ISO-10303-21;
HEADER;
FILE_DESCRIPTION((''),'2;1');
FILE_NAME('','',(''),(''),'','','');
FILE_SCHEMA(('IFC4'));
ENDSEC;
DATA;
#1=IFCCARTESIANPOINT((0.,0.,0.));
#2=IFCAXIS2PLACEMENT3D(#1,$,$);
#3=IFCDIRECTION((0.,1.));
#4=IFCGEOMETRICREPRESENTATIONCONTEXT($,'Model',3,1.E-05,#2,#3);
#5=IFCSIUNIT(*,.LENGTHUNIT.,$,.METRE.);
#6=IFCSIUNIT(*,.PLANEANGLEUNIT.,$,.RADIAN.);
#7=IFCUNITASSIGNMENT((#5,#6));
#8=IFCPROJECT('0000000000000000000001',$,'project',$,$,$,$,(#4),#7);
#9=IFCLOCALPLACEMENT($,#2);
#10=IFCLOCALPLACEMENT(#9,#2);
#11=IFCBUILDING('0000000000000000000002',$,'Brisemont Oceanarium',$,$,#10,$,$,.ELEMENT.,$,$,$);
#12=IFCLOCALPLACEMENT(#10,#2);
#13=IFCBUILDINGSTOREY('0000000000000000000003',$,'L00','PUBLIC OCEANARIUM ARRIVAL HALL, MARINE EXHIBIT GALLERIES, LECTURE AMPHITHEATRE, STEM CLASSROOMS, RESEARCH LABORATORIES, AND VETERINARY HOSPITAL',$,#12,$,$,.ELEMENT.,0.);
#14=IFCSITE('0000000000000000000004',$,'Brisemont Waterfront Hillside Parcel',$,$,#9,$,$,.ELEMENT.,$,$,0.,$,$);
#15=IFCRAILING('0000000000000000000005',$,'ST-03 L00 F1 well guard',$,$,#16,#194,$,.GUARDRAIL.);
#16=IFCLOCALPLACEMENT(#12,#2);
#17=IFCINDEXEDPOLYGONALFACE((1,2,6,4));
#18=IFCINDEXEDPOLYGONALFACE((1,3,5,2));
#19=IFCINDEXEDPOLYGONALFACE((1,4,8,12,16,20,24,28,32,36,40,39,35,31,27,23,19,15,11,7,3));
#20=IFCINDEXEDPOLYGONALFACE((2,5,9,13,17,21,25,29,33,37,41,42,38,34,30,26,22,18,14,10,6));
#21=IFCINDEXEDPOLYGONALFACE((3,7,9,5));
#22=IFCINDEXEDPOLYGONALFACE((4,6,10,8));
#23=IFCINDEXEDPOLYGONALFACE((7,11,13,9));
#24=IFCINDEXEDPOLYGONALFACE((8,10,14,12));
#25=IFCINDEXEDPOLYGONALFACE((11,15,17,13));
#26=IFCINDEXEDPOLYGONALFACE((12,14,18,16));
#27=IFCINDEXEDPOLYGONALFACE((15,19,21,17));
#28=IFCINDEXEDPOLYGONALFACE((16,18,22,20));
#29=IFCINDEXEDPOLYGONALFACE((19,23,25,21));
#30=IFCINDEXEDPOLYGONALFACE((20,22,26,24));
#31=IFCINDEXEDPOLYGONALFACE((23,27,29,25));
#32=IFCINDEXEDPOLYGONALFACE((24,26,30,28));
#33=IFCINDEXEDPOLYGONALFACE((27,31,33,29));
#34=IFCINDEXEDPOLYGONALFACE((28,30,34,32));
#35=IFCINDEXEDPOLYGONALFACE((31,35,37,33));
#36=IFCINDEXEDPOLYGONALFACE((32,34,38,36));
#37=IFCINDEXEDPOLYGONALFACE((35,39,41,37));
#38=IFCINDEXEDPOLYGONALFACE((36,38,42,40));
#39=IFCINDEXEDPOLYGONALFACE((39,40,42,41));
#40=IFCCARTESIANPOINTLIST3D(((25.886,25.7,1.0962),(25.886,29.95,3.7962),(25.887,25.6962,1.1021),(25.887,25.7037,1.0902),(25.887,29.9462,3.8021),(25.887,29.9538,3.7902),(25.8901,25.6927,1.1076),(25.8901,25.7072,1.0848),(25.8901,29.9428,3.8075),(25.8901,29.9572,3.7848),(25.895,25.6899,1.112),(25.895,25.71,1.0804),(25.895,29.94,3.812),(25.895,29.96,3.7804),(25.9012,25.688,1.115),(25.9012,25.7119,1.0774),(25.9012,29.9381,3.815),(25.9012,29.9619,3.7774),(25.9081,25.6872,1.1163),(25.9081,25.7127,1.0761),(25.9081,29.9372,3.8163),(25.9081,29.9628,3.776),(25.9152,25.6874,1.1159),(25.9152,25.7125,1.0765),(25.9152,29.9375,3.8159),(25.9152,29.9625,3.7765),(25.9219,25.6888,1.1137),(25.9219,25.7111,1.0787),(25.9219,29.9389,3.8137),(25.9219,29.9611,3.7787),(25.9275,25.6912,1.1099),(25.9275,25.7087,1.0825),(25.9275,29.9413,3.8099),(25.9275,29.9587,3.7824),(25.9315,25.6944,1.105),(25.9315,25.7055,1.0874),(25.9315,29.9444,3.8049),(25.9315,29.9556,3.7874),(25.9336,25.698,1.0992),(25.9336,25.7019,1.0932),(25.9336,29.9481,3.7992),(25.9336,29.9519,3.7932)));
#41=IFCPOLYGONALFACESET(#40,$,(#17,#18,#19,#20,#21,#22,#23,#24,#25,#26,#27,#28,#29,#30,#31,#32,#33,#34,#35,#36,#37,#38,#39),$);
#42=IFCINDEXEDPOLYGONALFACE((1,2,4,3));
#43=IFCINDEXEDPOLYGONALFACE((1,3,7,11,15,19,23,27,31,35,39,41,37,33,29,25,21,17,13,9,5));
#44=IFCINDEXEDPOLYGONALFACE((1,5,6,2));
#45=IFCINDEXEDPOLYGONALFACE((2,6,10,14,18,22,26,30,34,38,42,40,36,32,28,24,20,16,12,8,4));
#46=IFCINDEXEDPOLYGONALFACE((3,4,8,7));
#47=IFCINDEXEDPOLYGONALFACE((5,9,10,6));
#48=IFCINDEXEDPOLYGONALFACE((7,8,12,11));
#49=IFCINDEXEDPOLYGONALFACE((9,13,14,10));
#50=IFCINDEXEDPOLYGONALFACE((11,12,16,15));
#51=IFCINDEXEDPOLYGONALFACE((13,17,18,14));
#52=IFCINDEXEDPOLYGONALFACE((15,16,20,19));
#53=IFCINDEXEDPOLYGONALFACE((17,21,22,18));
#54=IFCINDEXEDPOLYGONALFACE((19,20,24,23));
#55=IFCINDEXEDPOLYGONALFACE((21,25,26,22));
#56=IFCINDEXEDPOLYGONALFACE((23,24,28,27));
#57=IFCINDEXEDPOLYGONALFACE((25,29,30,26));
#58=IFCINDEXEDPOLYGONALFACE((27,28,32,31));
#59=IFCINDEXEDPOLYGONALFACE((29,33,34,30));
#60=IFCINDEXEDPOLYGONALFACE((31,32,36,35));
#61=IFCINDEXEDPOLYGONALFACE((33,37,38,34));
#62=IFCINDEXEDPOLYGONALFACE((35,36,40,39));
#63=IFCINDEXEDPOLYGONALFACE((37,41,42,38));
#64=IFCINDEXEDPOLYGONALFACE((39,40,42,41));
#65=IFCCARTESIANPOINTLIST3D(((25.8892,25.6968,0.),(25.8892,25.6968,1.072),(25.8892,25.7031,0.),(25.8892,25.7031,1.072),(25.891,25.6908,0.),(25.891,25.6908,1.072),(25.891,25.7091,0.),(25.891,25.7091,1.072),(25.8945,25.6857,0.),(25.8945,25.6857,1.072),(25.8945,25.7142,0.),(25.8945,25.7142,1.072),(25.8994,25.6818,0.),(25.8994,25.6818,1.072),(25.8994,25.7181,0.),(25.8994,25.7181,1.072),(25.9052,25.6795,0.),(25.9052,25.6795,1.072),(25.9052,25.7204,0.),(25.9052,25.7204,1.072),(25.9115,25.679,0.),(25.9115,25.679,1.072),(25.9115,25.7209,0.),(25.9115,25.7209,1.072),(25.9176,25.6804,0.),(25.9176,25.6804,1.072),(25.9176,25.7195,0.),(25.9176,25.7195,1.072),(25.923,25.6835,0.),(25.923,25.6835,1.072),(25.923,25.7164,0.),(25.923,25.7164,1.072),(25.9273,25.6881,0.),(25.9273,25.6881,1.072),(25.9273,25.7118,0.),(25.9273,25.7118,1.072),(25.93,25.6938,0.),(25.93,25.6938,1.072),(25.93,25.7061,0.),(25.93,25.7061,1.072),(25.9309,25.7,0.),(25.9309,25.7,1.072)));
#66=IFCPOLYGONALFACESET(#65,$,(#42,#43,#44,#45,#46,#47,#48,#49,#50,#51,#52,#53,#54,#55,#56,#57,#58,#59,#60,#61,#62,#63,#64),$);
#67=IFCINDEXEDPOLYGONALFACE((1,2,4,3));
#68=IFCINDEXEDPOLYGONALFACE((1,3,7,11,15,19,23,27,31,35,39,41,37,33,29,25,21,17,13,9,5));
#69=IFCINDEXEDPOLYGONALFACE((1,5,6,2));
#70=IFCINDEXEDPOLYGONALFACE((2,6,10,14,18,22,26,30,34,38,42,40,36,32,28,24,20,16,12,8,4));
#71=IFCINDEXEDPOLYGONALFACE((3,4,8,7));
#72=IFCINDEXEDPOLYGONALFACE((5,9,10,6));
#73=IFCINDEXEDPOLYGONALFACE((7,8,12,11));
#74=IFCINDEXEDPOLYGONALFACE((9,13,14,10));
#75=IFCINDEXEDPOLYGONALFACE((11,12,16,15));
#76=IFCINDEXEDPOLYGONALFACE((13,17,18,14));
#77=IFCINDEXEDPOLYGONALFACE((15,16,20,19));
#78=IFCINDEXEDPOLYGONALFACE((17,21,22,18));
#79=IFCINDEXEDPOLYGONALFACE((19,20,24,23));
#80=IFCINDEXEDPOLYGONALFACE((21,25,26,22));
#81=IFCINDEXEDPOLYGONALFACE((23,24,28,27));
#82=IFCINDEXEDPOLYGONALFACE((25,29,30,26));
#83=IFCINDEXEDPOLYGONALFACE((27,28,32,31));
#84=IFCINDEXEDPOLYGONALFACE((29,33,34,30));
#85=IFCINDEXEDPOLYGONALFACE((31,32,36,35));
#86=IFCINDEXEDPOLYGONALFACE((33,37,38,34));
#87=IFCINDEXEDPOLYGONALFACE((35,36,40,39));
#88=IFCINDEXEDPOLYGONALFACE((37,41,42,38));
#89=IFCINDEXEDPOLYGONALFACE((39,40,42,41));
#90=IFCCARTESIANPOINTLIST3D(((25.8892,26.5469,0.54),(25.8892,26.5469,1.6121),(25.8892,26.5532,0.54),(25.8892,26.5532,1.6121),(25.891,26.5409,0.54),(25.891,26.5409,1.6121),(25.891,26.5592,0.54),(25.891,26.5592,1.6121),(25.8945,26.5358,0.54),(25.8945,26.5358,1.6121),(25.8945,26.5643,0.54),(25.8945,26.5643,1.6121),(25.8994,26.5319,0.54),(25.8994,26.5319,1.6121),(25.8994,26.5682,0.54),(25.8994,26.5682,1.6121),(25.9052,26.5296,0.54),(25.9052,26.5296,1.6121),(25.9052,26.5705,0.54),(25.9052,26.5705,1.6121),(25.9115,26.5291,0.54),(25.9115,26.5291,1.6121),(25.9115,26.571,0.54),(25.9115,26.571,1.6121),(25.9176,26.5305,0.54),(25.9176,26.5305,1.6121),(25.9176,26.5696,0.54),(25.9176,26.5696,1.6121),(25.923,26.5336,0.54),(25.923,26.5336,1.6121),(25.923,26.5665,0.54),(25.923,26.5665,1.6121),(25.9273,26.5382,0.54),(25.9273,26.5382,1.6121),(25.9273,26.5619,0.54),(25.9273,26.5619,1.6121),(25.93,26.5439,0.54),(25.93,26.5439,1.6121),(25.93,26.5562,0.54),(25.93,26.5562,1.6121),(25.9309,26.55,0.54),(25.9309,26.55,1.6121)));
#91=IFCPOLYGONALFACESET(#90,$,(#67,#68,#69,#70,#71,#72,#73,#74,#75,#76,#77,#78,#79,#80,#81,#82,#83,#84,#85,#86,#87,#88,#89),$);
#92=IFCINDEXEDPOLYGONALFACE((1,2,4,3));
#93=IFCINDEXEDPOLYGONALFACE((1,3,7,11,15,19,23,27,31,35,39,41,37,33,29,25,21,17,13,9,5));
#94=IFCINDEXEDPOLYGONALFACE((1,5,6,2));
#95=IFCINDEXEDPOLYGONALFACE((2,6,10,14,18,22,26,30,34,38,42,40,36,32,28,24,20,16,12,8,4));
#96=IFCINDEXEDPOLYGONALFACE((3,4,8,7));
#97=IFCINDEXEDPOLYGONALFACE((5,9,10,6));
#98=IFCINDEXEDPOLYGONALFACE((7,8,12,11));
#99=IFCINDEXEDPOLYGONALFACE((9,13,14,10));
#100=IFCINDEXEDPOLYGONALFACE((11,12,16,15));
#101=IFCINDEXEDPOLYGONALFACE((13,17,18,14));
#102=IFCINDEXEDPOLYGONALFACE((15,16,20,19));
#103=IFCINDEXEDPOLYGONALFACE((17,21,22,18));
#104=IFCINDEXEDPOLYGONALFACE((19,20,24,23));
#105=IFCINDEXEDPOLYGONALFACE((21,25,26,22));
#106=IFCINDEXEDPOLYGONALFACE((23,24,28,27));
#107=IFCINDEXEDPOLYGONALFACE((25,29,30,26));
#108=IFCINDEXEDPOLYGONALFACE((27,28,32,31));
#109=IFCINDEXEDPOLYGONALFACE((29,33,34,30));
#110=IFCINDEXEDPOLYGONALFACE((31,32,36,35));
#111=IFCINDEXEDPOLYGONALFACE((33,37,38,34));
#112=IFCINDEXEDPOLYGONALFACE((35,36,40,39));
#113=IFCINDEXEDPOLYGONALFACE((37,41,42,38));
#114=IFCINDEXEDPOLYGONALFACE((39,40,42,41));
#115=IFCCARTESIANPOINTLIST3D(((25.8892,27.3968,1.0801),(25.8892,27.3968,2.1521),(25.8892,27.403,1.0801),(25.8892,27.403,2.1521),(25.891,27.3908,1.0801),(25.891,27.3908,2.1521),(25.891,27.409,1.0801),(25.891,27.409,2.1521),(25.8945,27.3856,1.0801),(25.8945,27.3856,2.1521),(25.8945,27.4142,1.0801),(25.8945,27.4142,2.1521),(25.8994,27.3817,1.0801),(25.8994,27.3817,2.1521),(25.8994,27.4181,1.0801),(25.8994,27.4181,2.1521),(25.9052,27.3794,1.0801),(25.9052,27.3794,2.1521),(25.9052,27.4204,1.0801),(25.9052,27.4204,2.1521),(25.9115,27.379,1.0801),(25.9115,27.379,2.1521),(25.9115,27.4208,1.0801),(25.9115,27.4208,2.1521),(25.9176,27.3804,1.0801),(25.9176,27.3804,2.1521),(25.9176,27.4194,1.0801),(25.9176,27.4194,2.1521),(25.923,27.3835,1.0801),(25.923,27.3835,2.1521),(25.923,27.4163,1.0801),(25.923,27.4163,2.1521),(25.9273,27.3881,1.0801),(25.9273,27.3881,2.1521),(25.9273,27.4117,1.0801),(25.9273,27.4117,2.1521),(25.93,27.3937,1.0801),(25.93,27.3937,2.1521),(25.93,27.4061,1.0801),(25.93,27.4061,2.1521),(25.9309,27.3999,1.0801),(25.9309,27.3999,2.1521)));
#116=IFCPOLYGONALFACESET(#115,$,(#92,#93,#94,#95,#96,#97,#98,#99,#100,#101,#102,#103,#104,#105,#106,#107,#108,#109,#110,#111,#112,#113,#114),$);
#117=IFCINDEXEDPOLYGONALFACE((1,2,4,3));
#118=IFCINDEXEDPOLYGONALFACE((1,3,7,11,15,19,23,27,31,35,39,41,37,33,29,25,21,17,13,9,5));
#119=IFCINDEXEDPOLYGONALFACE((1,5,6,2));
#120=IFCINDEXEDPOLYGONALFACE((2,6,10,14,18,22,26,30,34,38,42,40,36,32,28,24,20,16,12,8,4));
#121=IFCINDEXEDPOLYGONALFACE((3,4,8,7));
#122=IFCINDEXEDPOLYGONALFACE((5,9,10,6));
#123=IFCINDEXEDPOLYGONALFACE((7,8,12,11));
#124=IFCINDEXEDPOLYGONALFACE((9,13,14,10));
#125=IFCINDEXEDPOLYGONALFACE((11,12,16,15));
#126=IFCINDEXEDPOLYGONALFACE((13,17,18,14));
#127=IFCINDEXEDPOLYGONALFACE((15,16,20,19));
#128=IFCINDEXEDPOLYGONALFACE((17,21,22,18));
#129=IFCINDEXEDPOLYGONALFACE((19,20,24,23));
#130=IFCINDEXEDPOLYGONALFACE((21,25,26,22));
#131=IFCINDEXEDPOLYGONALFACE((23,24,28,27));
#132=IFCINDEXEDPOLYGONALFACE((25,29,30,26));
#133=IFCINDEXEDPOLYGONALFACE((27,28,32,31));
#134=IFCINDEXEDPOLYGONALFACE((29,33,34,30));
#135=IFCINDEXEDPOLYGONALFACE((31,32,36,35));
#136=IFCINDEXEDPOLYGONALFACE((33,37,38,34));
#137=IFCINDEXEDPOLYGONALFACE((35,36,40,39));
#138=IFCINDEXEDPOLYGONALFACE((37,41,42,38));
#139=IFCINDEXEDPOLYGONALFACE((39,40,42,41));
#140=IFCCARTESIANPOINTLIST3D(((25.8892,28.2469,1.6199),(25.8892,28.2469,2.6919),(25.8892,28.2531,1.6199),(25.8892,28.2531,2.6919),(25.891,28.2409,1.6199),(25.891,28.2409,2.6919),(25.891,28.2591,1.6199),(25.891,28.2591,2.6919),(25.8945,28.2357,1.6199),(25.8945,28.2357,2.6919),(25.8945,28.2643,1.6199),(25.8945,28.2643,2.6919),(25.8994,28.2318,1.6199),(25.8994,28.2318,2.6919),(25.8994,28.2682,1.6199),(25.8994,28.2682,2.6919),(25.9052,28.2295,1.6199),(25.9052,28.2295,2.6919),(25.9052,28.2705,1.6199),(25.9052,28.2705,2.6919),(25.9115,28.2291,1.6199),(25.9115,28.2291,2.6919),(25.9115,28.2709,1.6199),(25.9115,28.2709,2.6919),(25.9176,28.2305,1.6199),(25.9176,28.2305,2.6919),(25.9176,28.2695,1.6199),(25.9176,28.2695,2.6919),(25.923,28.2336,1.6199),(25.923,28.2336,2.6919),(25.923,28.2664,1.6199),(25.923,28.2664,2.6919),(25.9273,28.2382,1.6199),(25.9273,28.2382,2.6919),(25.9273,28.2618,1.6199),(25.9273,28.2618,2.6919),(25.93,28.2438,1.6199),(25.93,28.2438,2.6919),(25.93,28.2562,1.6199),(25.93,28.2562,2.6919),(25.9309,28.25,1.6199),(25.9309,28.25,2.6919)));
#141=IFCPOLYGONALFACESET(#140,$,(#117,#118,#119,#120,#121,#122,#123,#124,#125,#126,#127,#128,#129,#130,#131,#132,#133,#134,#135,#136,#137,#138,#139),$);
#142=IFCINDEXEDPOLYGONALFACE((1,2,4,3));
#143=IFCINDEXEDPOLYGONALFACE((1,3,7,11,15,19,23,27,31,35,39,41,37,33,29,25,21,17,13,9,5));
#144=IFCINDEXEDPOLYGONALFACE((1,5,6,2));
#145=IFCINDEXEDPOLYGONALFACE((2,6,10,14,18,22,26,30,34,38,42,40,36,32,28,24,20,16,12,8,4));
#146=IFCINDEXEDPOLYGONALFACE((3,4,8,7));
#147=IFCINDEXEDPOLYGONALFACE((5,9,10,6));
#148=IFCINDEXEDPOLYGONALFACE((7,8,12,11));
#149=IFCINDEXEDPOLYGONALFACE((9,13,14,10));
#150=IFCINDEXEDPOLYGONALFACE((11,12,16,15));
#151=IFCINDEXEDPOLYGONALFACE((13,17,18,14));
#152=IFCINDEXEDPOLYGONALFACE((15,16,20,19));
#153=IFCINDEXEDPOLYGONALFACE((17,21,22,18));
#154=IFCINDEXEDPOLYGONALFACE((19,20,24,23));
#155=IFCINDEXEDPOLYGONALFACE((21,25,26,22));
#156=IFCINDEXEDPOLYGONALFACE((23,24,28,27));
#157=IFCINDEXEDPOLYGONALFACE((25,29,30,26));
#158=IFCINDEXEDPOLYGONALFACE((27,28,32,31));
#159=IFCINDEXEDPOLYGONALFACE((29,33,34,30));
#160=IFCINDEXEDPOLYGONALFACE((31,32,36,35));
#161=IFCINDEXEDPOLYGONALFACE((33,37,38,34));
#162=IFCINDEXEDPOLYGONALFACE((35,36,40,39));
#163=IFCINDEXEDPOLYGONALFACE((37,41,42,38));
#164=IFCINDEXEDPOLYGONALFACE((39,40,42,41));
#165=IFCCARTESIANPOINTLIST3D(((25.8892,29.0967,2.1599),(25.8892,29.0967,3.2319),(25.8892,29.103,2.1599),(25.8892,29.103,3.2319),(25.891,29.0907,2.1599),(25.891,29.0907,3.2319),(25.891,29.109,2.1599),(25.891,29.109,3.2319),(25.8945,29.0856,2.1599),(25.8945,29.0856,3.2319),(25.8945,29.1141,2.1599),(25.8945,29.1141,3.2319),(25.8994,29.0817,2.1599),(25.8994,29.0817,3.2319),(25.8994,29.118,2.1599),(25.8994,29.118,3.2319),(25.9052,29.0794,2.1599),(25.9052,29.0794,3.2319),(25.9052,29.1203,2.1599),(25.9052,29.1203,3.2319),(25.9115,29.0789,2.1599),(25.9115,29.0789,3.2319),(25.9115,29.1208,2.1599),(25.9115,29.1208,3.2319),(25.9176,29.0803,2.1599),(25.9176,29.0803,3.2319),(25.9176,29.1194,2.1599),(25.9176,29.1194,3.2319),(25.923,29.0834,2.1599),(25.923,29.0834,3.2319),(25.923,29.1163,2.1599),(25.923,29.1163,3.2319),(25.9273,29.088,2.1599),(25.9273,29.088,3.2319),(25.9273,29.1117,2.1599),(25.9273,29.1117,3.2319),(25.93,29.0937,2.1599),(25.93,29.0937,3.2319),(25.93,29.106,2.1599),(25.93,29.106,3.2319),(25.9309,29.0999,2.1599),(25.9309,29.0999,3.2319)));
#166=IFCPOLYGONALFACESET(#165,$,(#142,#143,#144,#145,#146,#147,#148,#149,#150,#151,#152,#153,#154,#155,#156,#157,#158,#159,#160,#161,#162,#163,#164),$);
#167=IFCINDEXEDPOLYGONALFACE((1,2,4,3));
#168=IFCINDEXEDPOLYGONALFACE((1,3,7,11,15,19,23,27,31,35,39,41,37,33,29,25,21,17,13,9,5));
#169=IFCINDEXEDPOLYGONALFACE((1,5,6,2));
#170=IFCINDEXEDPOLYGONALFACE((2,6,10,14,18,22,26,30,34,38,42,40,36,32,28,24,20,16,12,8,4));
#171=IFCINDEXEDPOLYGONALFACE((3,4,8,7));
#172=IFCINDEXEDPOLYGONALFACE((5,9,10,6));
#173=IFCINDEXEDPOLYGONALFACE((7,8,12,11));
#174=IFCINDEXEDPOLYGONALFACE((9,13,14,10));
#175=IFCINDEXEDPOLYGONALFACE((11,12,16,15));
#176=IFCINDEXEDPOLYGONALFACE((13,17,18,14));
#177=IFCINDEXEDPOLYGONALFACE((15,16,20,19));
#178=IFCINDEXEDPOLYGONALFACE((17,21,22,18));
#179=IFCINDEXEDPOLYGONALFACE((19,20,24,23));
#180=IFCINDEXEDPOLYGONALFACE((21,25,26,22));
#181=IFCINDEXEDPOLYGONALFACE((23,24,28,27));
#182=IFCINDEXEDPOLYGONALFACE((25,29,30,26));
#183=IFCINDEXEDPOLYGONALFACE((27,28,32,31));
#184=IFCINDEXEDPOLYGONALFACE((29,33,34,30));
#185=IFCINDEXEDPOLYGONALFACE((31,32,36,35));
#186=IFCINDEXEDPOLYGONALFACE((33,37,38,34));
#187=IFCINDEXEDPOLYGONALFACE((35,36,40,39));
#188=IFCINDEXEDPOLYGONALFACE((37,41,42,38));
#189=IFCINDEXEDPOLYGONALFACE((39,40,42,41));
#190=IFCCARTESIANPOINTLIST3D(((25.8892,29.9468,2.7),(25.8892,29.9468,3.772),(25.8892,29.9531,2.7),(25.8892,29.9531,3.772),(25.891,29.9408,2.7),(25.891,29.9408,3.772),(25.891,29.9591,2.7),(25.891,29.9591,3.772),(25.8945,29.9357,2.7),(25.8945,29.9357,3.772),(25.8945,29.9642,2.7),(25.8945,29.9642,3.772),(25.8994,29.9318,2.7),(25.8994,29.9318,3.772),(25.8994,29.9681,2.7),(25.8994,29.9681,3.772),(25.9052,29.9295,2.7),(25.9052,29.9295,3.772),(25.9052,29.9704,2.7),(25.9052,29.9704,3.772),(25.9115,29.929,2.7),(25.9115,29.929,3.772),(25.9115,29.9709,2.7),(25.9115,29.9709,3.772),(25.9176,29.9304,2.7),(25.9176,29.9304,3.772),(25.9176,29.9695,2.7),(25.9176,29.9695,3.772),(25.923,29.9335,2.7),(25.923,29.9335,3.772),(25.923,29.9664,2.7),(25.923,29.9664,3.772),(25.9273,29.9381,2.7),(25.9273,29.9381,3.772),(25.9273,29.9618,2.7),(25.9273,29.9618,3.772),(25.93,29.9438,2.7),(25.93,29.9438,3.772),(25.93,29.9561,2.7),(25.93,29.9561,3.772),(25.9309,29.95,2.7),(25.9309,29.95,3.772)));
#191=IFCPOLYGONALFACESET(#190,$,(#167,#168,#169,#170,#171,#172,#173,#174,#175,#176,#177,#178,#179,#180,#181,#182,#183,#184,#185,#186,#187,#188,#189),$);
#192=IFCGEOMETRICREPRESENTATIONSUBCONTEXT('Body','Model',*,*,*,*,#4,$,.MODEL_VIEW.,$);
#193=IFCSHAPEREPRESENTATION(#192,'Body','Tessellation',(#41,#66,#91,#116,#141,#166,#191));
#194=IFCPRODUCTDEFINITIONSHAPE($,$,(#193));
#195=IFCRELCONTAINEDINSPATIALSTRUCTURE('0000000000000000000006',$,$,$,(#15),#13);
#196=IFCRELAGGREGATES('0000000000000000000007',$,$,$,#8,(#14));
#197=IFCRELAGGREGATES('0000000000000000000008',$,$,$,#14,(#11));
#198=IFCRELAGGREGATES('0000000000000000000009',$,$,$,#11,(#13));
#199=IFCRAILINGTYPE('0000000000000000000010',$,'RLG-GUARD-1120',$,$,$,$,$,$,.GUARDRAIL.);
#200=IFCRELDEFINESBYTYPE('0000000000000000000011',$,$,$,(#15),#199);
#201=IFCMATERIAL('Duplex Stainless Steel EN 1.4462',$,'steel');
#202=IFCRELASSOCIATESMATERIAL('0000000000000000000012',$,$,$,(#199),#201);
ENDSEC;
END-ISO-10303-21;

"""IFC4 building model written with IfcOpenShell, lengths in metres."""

from ifc_helpers import new_model, si_unit, direction, frame, origin, origin_2d, place, context, subcontext, project, spatial, circle, extrude, material, type_object, element, save


model = new_model("IFC4")

# Units and contexts
model_context = context("Model", 3, precision=1e-05, world=origin(), true_north=direction((0.0, 1.0)))
body_context = subcontext(model_context, "Body", "Model", "MODEL_VIEW")
ifc_project = project(units=[si_unit("LENGTHUNIT", "METRE"), si_unit("PLANEANGLEUNIT", "RADIAN")], contexts=[model_context])

# Site, building, storey
site_placement = place(None, origin())
site = spatial("IfcSite", under=ifc_project, at=site_placement, Name="Brisemont Waterfront Hillside Parcel", CompositionType="ELEMENT", RefElevation=0.0)
building_placement = place(site_placement, origin())
building = spatial("IfcBuilding", under=site, at=building_placement, Name="Brisemont Oceanarium", CompositionType="ELEMENT")
storey_placement = place(building_placement, origin())
storey = spatial("IfcBuildingStorey", under=building, at=storey_placement, Name="L00", Description="PUBLIC OCEANARIUM ARRIVAL HALL, MARINE EXHIBIT GALLERIES, LECTURE AMPHITHEATRE, STEM CLASSROOMS, RESEARCH LABORATORIES, AND VETERINARY HOSPITAL", CompositionType="ELEMENT", Elevation=0.0)

# Railing
ifc_material_1 = material(Name="Duplex Stainless Steel EN 1.4462", Category="steel")
railing_type_1 = type_object("IfcRailingType", Name="RLG-GUARD-1120", PredefinedType="GUARDRAIL", material=ifc_material_1)
railing_1_placement = place(storey_placement, frame((25.9099, 25.7, 0.0)))
element("IfcRailing", 1, at=railing_1_placement, inside=storey, type_object=railing_type_1, Name="ST-03 L00 F1 well guard", PredefinedType="GUARDRAIL", context=body_context, shape_type="SweptSolid", body=[
    extrude(circle(Radius=0.0239, at=origin_2d()), frame((0.0, 0.0, 1.0962), z_axis=(0.0, 0.844075, 0.536226), x_axis=(-1.0, 0.0, 0.0)), (0.0, 0.0, 1.0), 5.0352),
    extrude(circle(Radius=0.021, at=origin_2d()), origin(), (0.0, 0.0, 1.0), 1.072),
    extrude(circle(Radius=0.021, at=origin_2d()), frame((0.0, 0.8501, 0.54)), (0.0, 0.0, 1.0), 1.072),
    extrude(circle(Radius=0.021, at=origin_2d()), frame((0.0, 1.7, 1.0801)), (0.0, 0.0, 1.0), 1.072),
    extrude(circle(Radius=0.021, at=origin_2d()), frame((0.0, 2.55, 1.6199)), (0.0, 0.0, 1.0), 1.072),
    extrude(circle(Radius=0.021, at=origin_2d()), frame((0.0, 3.3999, 2.1599)), (0.0, 0.0, 1.0), 1.072),
    extrude(circle(Radius=0.021, at=origin_2d()), frame((0.0, 4.25, 2.7)), (0.0, 0.0, 1.0), 1.072),
])

save(model, "model.ifc")
